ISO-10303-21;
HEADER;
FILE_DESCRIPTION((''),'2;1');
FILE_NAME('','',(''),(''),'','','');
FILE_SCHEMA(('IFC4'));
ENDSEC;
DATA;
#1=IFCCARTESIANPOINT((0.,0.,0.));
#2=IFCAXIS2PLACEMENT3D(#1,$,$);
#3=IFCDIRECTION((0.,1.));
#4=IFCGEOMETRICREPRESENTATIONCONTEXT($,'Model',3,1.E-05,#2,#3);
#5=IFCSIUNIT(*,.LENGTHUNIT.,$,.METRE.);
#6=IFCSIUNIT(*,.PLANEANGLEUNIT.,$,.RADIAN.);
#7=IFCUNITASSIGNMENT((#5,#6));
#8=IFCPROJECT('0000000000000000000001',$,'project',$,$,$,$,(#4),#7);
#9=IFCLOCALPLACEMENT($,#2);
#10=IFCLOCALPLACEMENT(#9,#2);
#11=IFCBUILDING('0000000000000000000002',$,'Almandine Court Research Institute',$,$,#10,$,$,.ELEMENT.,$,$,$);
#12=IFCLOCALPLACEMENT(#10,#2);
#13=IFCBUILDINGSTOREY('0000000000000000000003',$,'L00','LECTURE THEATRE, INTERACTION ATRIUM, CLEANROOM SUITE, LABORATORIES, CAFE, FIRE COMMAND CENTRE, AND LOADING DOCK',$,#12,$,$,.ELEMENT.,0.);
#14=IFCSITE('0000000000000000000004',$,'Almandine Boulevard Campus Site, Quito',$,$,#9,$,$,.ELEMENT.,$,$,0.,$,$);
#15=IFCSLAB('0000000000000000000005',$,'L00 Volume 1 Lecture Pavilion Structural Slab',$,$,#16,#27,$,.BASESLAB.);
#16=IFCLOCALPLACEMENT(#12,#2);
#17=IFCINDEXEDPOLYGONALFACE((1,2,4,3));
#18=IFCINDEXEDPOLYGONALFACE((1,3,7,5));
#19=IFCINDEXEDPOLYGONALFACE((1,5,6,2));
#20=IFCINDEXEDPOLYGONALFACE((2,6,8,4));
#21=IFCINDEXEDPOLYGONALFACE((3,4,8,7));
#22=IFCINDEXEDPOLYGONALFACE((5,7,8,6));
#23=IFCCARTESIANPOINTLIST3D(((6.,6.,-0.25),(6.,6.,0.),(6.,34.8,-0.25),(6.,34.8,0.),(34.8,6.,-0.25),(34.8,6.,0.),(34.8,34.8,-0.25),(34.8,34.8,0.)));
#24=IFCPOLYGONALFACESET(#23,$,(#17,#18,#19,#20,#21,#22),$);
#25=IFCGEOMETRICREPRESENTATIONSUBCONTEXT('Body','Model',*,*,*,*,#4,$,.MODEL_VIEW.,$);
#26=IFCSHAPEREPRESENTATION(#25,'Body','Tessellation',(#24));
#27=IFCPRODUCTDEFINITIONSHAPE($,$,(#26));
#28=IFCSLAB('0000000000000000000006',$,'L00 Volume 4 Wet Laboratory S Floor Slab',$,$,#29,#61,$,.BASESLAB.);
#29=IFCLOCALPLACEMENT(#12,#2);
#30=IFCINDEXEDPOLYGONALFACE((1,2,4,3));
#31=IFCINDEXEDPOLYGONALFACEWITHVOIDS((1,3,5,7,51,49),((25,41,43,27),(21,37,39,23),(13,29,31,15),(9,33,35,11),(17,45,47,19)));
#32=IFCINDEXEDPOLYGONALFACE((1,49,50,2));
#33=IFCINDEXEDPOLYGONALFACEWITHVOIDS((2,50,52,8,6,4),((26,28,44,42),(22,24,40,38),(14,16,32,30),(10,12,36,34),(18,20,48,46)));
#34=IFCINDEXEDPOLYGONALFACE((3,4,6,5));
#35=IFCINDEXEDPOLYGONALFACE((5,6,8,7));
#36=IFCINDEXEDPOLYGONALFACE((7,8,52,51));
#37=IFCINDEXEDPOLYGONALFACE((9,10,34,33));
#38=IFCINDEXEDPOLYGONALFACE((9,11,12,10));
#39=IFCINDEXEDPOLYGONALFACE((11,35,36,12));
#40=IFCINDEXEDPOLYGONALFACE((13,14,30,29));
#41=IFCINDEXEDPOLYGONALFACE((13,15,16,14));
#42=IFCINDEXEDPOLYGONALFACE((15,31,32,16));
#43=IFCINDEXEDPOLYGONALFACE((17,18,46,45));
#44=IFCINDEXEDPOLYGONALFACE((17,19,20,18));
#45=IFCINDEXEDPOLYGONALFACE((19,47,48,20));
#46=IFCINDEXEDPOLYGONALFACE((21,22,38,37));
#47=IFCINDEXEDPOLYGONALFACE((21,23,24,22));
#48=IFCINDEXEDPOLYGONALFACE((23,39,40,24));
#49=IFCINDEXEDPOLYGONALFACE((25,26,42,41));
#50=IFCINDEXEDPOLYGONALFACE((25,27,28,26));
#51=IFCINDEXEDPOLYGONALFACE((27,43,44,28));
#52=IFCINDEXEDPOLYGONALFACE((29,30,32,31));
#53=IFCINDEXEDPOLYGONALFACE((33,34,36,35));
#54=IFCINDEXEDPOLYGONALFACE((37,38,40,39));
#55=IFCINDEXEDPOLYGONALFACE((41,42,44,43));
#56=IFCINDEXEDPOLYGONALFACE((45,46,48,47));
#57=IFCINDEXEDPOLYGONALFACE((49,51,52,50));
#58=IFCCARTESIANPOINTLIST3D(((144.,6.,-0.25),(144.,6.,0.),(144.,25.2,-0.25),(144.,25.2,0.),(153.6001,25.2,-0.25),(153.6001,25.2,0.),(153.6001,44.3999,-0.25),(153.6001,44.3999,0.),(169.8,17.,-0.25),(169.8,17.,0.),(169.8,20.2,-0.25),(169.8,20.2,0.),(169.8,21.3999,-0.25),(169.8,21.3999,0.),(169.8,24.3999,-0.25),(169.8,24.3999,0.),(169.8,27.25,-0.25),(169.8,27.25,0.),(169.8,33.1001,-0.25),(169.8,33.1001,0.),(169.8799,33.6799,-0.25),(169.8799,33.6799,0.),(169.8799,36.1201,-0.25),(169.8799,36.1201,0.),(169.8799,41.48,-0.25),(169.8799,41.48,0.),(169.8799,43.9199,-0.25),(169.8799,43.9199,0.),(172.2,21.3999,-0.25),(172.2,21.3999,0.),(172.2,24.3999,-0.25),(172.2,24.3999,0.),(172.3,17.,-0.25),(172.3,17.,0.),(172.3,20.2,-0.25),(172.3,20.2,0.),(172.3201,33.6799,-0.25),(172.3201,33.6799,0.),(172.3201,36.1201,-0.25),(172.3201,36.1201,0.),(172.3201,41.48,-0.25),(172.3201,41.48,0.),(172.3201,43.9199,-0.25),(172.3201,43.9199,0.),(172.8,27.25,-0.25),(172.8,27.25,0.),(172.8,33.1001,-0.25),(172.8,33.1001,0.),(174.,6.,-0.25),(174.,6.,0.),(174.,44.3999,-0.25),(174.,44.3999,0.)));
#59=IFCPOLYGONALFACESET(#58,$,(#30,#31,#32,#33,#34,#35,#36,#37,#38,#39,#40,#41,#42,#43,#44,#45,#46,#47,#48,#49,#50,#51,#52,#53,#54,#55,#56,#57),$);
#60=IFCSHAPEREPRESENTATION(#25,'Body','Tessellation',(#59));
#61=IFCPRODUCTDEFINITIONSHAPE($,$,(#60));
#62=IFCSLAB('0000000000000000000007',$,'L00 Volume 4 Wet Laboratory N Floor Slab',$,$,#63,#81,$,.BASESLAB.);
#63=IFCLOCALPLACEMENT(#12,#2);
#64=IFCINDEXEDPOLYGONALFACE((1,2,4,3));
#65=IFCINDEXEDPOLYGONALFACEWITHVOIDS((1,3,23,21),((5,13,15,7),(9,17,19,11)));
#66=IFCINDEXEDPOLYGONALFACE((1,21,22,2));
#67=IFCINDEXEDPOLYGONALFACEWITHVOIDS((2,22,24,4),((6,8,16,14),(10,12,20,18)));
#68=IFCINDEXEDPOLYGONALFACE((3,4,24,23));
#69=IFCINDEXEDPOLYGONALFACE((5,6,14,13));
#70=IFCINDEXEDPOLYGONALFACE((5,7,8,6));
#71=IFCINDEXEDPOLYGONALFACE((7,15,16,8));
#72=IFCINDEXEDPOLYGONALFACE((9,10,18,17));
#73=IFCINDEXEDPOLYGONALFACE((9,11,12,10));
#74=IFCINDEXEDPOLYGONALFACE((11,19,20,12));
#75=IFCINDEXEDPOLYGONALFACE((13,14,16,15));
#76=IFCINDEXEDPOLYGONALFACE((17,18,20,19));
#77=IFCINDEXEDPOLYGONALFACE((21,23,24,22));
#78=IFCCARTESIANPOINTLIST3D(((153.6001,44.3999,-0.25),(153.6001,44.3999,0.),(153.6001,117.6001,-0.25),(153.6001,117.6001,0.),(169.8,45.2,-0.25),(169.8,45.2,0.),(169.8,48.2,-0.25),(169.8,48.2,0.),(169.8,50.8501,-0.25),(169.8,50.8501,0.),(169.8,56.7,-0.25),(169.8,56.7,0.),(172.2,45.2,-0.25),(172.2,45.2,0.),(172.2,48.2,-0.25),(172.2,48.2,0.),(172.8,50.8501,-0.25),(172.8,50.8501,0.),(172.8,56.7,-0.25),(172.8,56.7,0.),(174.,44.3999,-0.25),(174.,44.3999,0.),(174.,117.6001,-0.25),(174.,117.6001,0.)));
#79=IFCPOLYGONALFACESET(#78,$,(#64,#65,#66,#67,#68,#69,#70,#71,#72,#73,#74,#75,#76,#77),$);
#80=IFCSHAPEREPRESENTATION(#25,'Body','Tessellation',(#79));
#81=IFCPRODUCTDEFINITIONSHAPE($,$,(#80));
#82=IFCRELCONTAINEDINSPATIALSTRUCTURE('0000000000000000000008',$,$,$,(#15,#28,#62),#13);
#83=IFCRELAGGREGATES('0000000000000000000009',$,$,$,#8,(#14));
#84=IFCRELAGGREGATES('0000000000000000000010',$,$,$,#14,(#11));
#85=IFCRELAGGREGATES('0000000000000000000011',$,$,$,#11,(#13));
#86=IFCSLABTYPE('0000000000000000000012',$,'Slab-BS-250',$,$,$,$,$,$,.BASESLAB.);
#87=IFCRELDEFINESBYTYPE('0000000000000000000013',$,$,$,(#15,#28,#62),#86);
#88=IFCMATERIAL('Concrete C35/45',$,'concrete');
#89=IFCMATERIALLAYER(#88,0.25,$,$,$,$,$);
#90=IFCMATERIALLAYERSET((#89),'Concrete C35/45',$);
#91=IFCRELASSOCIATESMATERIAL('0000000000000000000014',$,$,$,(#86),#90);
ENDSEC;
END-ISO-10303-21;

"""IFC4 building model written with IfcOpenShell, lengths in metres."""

from ifc_helpers import new_model, si_unit, direction, frame, origin, place, context, subcontext, project, spatial, polyline, outline, extrude, material, layer, layer_set, type_object, element, save


model = new_model("IFC4")

# Units and contexts
model_context = context("Model", 3, precision=1e-05, world=origin(), true_north=direction((0.0, 1.0)))
body_context = subcontext(model_context, "Body", "Model", "MODEL_VIEW")
ifc_project = project(units=[si_unit("LENGTHUNIT", "METRE"), si_unit("PLANEANGLEUNIT", "RADIAN")], contexts=[model_context])

# Site, building, storey
site_placement = place(None, origin())
site = spatial("IfcSite", under=ifc_project, at=site_placement, Name="Almandine Boulevard Campus Site, Quito", CompositionType="ELEMENT", RefElevation=0.0)
building_placement = place(site_placement, origin())
building = spatial("IfcBuilding", under=site, at=building_placement, Name="Almandine Court Research Institute", CompositionType="ELEMENT")
storey_placement = place(building_placement, origin())
storey = spatial("IfcBuildingStorey", under=building, at=storey_placement, Name="L00", Description="LECTURE THEATRE, INTERACTION ATRIUM, CLEANROOM SUITE, LABORATORIES, CAFE, FIRE COMMAND CENTRE, AND LOADING DOCK", CompositionType="ELEMENT", Elevation=0.0)

# Slabs
ifc_material = material(Name="Concrete C35/45", Category="concrete")
ifc_layer_1 = layer(ifc_material, 0.25)
ifc_layer_set_1 = layer_set([ifc_layer_1], Name="Concrete C35/45")
slab_type_1 = type_object("IfcSlabType", Name="Slab-BS-250", PredefinedType="BASESLAB", material=ifc_layer_set_1)
slab_1_placement = place(storey_placement, frame((0.0, 0.0, -0.25)))
element("IfcSlab", 1, at=slab_1_placement, inside=storey, type_object=slab_type_1, Name="L00 Volume 1 Lecture Pavilion Structural Slab", PredefinedType="BASESLAB", context=body_context, shape_type="SweptSolid", body=[
    extrude(outline(polyline([(6.0, 6.0), (34.8, 6.0), (34.8, 34.8), (6.0, 34.8), (6.0, 6.0)])), origin(), (0.0, 0.0, 1.0), 0.25),
])
slab_2_placement = place(storey_placement, frame((0.0, 0.0, -0.25)))
element("IfcSlab", 2, at=slab_2_placement, inside=storey, type_object=slab_type_1, Name="L00 Volume 4 Wet Laboratory S Floor Slab", PredefinedType="BASESLAB", context=body_context, shape_type="SweptSolid", body=[
    extrude(outline(polyline([(144.0, 6.0), (174.0, 6.0), (174.0, 44.3999), (153.6001, 44.3999), (153.6001, 25.2), (144.0, 25.2), (144.0, 6.0)]), holes=[polyline([(172.8, 27.25), (172.8, 33.1001), (169.8, 33.1001), (169.8, 27.25), (172.8, 27.25)]), polyline([(169.8, 21.3999), (172.2, 21.3999), (172.2, 24.3999), (169.8, 24.3999), (169.8, 21.3999)]), polyline([(169.8, 17.0), (172.3, 17.0), (172.3, 20.2), (169.8, 20.2), (169.8, 17.0)]), polyline([(169.8799, 33.6799), (172.3201, 33.6799), (172.3201, 36.1201), (169.8799, 36.1201), (169.8799, 33.6799)]), polyline([(169.8799, 41.48), (172.3201, 41.48), (172.3201, 43.9199), (169.8799, 43.9199), (169.8799, 41.48)])]), origin(), (0.0, 0.0, 1.0), 0.25),
])
slab_3_placement = place(storey_placement, frame((0.0, 0.0, -0.25)))
element("IfcSlab", 3, at=slab_3_placement, inside=storey, type_object=slab_type_1, Name="L00 Volume 4 Wet Laboratory N Floor Slab", PredefinedType="BASESLAB", context=body_context, shape_type="SweptSolid", body=[
    extrude(outline(polyline([(153.6001, 44.3999), (174.0, 44.3999), (174.0, 117.6001), (153.6001, 117.6001), (153.6001, 44.3999)]), holes=[polyline([(172.8, 50.8501), (172.8, 56.7), (169.8, 56.7), (169.8, 50.8501), (172.8, 50.8501)]), polyline([(169.8, 45.2), (172.2, 45.2), (172.2, 48.2), (169.8, 48.2), (169.8, 45.2)])]), origin(), (0.0, 0.0, 1.0), 0.25),
])

save(model, "model.ifc")
